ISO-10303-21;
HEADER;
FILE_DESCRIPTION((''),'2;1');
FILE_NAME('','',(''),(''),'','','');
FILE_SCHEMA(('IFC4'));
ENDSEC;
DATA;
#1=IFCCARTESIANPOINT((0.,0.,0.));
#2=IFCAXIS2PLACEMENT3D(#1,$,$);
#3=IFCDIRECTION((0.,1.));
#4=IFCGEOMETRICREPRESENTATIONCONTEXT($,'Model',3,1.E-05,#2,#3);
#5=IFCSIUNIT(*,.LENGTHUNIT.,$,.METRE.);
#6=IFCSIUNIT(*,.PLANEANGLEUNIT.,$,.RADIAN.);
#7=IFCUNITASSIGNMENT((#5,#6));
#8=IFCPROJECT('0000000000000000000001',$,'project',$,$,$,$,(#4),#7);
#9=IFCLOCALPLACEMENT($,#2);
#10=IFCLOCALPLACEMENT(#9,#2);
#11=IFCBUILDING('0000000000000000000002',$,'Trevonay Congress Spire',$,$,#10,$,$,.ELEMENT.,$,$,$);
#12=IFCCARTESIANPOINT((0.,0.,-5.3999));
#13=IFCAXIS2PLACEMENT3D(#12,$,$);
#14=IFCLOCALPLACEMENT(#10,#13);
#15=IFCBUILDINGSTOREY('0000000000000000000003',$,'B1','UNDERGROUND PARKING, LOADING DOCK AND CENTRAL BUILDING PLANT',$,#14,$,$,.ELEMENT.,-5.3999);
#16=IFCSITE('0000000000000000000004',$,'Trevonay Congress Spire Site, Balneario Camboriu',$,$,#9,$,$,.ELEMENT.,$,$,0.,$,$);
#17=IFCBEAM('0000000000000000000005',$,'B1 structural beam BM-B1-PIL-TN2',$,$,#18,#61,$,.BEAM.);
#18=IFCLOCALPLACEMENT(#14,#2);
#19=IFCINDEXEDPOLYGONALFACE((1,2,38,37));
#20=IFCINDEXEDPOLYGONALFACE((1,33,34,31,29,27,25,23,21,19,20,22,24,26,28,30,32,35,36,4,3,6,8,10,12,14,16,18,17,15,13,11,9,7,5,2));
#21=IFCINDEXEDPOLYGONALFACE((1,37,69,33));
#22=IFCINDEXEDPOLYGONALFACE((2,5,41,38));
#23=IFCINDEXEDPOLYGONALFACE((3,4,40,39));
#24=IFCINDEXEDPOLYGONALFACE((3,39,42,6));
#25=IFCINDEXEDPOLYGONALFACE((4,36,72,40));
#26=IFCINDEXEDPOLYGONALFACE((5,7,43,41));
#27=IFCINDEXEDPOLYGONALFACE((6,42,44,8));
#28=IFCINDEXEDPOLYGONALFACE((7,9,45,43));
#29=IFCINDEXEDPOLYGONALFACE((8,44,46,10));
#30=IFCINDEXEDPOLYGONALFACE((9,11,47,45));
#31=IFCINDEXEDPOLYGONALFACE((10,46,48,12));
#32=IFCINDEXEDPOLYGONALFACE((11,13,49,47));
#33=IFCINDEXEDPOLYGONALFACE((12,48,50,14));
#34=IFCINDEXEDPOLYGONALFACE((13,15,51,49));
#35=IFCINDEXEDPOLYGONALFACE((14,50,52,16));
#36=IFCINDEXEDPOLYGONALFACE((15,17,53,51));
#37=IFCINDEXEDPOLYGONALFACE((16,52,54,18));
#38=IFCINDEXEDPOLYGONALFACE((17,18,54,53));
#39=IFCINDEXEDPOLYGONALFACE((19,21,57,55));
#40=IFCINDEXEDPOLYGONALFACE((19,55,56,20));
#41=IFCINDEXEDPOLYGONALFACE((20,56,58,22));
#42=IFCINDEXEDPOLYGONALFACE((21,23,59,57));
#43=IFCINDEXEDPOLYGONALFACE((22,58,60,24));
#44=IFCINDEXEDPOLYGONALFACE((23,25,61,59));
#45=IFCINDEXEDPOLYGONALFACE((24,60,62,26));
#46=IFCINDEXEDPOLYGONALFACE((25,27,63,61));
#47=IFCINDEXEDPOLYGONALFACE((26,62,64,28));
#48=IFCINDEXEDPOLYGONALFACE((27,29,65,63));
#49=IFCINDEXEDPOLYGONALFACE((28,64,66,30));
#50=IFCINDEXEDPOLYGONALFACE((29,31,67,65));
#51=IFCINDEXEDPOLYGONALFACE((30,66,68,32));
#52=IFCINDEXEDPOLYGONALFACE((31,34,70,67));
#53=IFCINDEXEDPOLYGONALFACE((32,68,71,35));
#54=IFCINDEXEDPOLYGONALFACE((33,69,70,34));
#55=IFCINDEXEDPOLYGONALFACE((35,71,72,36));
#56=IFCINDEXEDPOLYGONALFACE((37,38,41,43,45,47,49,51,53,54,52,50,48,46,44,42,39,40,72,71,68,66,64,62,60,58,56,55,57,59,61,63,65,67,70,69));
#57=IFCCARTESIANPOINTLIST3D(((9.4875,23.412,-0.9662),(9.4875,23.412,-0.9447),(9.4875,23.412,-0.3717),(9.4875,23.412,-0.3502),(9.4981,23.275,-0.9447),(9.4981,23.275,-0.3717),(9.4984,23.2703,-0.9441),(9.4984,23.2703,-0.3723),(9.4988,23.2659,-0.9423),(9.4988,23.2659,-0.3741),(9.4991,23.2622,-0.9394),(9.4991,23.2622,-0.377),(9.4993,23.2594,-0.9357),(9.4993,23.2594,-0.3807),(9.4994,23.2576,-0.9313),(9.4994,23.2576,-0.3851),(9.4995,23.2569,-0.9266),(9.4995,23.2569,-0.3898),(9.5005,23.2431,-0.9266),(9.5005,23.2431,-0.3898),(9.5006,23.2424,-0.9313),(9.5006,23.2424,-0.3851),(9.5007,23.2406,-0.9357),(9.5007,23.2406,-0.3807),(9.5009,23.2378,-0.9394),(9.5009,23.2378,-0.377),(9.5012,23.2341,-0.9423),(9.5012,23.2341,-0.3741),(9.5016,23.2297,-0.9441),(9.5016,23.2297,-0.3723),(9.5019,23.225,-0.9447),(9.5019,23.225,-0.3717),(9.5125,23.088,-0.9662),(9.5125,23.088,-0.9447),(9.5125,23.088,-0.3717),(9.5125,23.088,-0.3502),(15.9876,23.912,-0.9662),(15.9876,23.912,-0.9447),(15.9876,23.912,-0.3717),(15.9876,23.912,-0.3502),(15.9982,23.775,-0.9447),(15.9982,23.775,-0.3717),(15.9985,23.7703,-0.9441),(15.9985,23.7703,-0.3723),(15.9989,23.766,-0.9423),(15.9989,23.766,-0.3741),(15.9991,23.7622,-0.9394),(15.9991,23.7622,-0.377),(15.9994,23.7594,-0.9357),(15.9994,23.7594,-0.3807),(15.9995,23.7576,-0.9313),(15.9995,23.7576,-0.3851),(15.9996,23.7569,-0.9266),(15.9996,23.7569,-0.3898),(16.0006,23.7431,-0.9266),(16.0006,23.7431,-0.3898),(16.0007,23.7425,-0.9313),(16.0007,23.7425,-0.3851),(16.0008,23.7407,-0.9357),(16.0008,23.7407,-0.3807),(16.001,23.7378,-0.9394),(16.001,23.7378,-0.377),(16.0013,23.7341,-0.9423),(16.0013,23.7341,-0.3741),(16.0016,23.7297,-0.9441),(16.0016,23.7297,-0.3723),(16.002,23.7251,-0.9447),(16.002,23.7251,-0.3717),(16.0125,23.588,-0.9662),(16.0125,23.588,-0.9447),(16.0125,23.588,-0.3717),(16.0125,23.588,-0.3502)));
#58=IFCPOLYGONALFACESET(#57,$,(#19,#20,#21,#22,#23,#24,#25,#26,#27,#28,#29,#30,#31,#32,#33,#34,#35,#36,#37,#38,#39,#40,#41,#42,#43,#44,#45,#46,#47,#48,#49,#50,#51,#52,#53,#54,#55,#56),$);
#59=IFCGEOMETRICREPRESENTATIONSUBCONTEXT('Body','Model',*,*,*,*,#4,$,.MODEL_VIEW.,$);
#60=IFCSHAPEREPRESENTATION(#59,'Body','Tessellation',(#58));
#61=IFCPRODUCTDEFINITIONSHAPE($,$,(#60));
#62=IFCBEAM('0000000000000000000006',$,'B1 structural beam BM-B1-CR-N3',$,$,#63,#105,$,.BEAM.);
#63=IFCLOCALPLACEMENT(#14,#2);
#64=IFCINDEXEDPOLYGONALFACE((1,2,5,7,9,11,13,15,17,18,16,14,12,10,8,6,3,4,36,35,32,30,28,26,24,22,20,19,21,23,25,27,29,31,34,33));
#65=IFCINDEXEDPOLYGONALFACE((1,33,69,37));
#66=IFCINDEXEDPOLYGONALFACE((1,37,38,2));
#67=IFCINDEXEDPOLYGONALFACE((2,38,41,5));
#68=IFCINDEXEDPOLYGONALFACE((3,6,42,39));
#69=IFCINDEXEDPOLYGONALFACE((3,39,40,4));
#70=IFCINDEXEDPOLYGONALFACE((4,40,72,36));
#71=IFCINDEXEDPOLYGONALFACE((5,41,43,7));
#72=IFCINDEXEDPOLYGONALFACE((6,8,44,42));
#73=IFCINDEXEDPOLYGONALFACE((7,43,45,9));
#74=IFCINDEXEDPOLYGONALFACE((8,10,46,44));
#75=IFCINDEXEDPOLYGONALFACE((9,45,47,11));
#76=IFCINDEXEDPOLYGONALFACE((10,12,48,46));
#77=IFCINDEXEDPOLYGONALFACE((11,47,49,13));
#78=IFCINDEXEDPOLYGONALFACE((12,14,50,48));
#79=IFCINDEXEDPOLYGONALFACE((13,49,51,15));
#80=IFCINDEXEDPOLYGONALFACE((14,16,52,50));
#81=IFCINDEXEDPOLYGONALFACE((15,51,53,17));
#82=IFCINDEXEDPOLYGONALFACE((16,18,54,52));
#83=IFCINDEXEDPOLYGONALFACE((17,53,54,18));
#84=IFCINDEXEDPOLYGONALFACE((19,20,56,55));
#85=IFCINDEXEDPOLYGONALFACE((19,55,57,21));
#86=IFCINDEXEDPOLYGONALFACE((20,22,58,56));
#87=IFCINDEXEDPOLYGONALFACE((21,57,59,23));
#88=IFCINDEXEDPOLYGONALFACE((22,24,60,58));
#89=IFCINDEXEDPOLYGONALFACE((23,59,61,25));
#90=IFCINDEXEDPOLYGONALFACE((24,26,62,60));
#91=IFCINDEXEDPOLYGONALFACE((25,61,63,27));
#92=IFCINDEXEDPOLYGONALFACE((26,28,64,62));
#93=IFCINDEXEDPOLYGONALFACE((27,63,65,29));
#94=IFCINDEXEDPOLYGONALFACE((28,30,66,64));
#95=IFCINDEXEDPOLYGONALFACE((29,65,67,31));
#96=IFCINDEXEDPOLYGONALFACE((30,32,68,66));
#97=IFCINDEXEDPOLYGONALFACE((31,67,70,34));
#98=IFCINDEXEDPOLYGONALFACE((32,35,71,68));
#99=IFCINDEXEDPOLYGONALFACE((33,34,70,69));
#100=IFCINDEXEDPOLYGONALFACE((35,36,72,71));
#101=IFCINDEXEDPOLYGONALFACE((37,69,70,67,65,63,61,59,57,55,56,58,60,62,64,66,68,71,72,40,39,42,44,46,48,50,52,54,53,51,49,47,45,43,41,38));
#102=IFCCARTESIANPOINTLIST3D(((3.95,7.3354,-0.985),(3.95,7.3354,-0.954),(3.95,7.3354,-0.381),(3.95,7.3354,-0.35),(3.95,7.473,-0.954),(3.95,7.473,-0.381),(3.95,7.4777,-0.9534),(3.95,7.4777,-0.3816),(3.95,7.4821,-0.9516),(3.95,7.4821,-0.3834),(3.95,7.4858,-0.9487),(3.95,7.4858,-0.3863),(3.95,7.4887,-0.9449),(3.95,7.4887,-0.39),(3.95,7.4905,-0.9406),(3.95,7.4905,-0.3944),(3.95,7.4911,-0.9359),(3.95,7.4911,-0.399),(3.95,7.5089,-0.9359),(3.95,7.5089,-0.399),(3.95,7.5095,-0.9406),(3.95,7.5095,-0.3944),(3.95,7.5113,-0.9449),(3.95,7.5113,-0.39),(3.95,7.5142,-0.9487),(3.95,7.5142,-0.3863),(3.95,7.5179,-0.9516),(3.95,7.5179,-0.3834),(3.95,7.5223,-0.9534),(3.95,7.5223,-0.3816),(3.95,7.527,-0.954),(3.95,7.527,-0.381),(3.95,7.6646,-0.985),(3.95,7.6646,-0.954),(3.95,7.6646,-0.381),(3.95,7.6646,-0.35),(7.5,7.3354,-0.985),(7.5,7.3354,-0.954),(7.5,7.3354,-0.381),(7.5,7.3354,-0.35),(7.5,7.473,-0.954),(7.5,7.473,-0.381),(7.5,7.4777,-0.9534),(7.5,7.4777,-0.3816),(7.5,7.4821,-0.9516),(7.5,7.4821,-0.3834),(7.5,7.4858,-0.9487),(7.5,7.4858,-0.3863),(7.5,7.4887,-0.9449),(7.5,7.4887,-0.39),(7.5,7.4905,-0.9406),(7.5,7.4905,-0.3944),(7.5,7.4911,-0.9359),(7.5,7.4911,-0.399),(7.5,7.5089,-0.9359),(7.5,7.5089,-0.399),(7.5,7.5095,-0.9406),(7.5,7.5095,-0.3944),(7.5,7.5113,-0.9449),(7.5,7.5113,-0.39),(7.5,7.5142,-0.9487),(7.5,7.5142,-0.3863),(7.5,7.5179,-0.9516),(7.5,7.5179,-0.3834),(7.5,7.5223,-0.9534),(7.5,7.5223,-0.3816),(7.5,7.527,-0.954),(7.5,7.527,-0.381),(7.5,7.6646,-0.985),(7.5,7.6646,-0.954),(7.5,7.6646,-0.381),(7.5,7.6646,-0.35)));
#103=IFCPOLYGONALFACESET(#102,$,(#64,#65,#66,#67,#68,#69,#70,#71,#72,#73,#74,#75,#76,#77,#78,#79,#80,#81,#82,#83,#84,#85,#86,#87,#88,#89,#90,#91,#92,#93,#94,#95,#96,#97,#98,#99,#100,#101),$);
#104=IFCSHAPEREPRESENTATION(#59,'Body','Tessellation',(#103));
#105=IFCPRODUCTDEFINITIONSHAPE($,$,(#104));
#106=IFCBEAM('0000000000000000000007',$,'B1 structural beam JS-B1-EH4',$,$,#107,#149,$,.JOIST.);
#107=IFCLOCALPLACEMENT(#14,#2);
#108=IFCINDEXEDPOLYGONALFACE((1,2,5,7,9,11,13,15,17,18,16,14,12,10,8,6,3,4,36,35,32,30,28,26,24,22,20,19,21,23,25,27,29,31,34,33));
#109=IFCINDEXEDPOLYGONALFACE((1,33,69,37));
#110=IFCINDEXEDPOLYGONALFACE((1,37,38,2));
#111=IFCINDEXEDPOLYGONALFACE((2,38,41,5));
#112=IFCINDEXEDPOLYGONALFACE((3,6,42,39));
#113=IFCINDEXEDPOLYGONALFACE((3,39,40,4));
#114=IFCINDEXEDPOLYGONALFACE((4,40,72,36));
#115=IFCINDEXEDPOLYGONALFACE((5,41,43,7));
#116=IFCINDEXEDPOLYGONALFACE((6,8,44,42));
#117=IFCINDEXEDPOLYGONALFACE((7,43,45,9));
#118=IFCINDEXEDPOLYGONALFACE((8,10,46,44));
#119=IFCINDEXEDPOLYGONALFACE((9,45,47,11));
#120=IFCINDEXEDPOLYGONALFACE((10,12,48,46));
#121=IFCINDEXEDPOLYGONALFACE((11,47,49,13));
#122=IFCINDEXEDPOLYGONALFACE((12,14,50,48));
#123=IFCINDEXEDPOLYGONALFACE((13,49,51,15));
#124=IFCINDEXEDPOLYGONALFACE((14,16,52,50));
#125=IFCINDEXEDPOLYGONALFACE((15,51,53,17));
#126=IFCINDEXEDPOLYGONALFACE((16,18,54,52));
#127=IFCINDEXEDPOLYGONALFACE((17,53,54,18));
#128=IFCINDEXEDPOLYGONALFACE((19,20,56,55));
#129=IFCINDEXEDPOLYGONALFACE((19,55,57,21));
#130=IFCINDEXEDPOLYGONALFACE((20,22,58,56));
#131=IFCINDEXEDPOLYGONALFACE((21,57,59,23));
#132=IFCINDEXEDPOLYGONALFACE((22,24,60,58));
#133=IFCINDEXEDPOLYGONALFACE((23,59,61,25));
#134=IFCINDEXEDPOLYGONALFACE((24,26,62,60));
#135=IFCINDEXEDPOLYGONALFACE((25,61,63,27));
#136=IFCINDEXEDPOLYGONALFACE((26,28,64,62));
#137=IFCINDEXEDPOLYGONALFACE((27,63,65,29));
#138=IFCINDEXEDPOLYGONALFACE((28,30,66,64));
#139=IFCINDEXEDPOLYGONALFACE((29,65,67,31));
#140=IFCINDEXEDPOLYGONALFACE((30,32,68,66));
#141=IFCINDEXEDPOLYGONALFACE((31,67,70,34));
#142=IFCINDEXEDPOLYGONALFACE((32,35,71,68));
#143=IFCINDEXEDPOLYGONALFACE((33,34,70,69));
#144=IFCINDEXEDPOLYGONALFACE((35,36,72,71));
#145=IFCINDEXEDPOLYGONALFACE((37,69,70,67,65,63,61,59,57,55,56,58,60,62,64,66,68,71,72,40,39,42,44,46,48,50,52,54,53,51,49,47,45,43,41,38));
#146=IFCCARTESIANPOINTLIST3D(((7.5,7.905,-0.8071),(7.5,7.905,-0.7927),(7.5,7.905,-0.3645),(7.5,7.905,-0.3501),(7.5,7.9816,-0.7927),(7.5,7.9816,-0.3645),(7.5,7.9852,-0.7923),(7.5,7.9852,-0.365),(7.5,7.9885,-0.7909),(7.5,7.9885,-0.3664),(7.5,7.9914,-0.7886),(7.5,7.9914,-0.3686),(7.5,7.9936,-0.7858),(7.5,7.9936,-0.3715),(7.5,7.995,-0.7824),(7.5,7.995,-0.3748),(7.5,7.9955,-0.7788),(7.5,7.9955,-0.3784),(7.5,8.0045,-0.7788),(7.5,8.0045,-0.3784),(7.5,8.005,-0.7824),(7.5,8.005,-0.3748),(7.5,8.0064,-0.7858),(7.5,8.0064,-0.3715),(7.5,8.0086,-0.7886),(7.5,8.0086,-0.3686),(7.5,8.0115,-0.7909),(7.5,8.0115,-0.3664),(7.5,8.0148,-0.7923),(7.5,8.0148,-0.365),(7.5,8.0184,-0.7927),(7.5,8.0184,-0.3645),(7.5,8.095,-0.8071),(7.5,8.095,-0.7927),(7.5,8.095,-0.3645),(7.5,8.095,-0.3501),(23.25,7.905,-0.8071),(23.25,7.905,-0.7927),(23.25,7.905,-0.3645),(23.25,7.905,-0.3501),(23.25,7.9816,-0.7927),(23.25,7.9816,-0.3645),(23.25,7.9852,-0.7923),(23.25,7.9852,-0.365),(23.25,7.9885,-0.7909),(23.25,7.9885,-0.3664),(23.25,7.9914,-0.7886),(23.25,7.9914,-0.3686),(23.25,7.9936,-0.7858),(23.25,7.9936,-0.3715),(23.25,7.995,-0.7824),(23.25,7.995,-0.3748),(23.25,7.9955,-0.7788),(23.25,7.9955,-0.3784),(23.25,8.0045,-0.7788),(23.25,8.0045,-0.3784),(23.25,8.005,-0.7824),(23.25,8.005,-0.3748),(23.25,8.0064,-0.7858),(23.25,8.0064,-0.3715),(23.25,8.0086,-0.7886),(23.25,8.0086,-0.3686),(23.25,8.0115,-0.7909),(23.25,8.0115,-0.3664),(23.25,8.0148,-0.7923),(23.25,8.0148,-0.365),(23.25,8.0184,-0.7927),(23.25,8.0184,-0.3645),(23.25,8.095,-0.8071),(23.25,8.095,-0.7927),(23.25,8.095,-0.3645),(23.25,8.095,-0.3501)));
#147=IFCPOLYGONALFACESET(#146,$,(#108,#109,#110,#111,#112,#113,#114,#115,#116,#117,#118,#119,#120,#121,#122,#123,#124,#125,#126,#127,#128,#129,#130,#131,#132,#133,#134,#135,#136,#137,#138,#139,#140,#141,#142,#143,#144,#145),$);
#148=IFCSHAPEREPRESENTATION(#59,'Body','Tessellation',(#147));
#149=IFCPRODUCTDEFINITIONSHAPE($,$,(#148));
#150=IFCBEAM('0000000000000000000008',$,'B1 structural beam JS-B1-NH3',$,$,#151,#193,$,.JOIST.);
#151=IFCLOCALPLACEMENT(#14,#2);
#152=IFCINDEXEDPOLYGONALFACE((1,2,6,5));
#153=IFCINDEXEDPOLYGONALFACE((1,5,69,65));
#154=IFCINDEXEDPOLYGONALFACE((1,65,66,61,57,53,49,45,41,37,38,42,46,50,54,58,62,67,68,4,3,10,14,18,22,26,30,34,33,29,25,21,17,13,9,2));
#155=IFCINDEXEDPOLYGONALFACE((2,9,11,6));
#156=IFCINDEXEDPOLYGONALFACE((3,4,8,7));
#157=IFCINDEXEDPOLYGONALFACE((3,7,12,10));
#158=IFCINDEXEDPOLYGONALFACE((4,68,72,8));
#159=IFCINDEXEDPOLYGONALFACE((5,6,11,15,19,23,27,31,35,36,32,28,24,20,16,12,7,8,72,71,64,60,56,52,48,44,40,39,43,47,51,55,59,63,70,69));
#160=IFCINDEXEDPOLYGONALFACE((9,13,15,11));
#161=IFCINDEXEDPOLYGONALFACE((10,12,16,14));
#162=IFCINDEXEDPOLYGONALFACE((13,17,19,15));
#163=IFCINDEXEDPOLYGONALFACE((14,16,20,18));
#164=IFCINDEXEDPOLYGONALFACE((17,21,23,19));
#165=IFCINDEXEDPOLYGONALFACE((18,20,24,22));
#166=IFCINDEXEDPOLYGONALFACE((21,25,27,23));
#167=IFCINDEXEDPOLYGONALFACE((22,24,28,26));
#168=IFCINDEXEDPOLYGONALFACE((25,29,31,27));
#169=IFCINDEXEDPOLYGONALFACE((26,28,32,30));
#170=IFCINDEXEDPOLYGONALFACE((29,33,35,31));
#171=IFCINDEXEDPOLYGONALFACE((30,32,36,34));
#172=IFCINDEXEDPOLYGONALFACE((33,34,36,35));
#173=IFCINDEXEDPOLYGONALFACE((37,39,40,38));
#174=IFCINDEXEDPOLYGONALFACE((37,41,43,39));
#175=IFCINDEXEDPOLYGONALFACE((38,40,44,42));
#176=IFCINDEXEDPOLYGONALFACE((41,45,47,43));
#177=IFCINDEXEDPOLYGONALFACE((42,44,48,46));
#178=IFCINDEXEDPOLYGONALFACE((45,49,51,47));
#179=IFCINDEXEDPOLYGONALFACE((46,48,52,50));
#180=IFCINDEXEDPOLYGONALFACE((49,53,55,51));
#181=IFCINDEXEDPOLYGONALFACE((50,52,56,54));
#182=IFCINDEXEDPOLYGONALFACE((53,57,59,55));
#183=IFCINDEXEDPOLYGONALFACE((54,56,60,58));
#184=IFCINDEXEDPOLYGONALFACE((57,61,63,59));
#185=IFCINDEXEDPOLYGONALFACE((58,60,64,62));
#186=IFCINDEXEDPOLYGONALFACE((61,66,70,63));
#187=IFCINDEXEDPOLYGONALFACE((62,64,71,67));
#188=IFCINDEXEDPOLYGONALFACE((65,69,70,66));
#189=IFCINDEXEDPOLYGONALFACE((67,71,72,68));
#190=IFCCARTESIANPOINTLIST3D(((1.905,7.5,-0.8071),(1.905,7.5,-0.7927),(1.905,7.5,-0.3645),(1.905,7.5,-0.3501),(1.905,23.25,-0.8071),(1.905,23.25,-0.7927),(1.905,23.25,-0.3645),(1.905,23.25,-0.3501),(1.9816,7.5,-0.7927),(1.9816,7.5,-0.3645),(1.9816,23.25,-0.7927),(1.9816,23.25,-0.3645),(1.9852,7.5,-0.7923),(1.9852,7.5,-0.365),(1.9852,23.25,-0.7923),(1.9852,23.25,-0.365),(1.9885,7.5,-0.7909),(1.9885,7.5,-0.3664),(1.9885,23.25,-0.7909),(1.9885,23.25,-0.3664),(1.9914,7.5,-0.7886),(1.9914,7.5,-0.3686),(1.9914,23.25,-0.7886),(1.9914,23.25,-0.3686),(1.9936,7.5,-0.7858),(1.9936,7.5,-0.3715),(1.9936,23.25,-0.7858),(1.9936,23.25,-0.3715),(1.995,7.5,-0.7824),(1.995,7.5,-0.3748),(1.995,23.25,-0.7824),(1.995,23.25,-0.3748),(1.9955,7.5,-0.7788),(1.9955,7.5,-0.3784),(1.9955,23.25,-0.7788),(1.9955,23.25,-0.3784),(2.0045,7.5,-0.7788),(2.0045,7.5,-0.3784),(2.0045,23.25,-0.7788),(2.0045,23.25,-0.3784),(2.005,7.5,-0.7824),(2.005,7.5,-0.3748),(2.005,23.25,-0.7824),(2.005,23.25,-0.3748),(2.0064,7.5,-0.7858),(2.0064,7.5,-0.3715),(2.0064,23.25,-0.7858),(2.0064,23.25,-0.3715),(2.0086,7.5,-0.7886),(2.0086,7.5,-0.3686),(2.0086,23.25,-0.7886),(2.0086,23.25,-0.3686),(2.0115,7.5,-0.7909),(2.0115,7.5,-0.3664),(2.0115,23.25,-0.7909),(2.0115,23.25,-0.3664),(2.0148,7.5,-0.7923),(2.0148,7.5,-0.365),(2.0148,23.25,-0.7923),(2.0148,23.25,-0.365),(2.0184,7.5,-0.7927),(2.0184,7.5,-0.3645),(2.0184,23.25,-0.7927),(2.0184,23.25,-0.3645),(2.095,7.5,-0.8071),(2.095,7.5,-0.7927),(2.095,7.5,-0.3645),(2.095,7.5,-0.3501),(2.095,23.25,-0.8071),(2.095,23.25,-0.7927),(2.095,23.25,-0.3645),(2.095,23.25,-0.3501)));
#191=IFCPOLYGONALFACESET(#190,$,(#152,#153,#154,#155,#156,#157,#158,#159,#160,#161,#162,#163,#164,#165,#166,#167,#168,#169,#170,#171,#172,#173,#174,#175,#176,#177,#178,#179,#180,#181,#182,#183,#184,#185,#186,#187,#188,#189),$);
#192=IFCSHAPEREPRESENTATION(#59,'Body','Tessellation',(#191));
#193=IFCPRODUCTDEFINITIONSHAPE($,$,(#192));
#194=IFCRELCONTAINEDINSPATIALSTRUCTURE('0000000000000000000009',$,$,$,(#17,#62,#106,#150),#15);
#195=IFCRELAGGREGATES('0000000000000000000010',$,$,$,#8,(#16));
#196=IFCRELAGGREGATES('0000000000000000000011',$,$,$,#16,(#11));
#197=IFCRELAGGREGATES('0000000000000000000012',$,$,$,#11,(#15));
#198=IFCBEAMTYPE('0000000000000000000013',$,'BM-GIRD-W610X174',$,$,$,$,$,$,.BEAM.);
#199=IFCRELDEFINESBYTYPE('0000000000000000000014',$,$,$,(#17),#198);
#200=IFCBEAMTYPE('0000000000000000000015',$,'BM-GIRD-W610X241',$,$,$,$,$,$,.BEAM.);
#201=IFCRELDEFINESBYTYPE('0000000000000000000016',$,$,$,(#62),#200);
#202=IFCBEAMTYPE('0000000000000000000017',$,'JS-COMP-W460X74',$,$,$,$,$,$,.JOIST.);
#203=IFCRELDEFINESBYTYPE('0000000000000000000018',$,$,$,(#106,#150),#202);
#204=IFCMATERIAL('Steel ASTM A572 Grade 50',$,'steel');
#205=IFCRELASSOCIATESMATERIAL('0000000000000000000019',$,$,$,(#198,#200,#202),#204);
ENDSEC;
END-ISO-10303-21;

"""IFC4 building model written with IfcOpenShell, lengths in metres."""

from ifc_helpers import new_model, si_unit, direction, frame, origin, origin_2d, place, context, subcontext, project, spatial, i_section, extrude, material, material_profile, profile_set, type_object, element, save


model = new_model("IFC4")

# Units and contexts
model_context = context("Model", 3, precision=1e-05, world=origin(), true_north=direction((0.0, 1.0)))
body_context = subcontext(model_context, "Body", "Model", "MODEL_VIEW")
ifc_project = project(units=[si_unit("LENGTHUNIT", "METRE"), si_unit("PLANEANGLEUNIT", "RADIAN")], contexts=[model_context])

# Site, building, storey
site_placement = place(None, origin())
site = spatial("IfcSite", under=ifc_project, at=site_placement, Name="Trevonay Congress Spire Site, Balneario Camboriu", CompositionType="ELEMENT", RefElevation=0.0)
building_placement = place(site_placement, origin())
building = spatial("IfcBuilding", under=site, at=building_placement, Name="Trevonay Congress Spire", CompositionType="ELEMENT")
storey_placement = place(building_placement, frame((0.0, 0.0, -5.3999)))
storey = spatial("IfcBuildingStorey", under=building, at=storey_placement, Name="B1", Description="UNDERGROUND PARKING, LOADING DOCK AND CENTRAL BUILDING PLANT", CompositionType="ELEMENT", Elevation=-5.3999)

# Shared definitions
ifc_material_1 = material(Name="Steel ASTM A572 Grade 50", Category="steel")

# Beams
ifc_material_profile_1 = material_profile(ifc_material_1, i_section(OverallWidth=0.325, OverallDepth=0.616, WebThickness=0.0139, FlangeThickness=0.0215, FilletRadius=0.0181, at=origin_2d()), Name="W610x174")
ifc_profile_set_1 = profile_set([ifc_material_profile_1], Name="Steel ASTM A572 Grade 50")
beam_type_1 = type_object("IfcBeamType", Name="BM-GIRD-W610X174", PredefinedType="BEAM", material=ifc_profile_set_1)
beam_1_placement = place(storey_placement, frame((9.5, 23.25, -0.6582), z_axis=(0.997054, 0.076696, 0.0), x_axis=(-0.076696, 0.997054, 0.0)))
element("IfcBeam", 1, at=beam_1_placement, inside=storey, type_object=beam_type_1, Name="B1 structural beam BM-B1-PIL-TN2", PredefinedType="BEAM", context=body_context, shape_type="SweptSolid", body=[
    extrude(i_section(OverallWidth=0.325, OverallDepth=0.616, WebThickness=0.0139, FlangeThickness=0.0215, FilletRadius=0.0181, at=origin_2d()), origin(), (0.0, 0.0, 1.0), 6.5193),
])
ifc_material_profile_2 = material_profile(ifc_material_1, i_section(OverallWidth=0.3291, OverallDepth=0.635, WebThickness=0.0178, FlangeThickness=0.031, FilletRadius=0.0181, at=origin_2d()), Name="W610x241")
ifc_profile_set_2 = profile_set([ifc_material_profile_2], Name="Steel ASTM A572 Grade 50")
beam_type_2 = type_object("IfcBeamType", Name="BM-GIRD-W610X241", PredefinedType="BEAM", material=ifc_profile_set_2)
beam_2_placement = place(storey_placement, frame((3.95, 7.5, -0.6675), z_axis=(1.0, 0.0, 0.0), x_axis=(0.0, 1.0, 0.0)))
element("IfcBeam", 2, at=beam_2_placement, inside=storey, type_object=beam_type_2, Name="B1 structural beam BM-B1-CR-N3", PredefinedType="BEAM", context=body_context, shape_type="SweptSolid", body=[
    extrude(i_section(OverallWidth=0.3291, OverallDepth=0.635, WebThickness=0.0178, FlangeThickness=0.031, FilletRadius=0.0181, at=origin_2d()), origin(), (0.0, 0.0, 1.0), 3.55),
])
ifc_material_profile_3 = material_profile(ifc_material_1, i_section(OverallWidth=0.1899, OverallDepth=0.457, WebThickness=0.009, FlangeThickness=0.0144, FilletRadius=0.0139, at=origin_2d()), Name="W460x74")
ifc_profile_set_3 = profile_set([ifc_material_profile_3], Name="Steel ASTM A572 Grade 50")
beam_type_3 = type_object("IfcBeamType", Name="JS-COMP-W460X74", PredefinedType="JOIST", material=ifc_profile_set_3)
for number, where, z_axis, x_axis, name in (
    (3, (7.5, 8.0, -0.5786), (1.0, 0.0, 0.0), (0.0, 1.0, 0.0), "B1 structural beam JS-B1-EH4"),
    (4, (2.0, 7.5, -0.5786), (0.0, 1.0, 0.0), (-1.0, 0.0, 0.0), "B1 structural beam JS-B1-NH3"),
):
    element("IfcBeam", number, at=place(storey_placement, frame(where, z_axis=z_axis, x_axis=x_axis)), inside=storey, type_object=beam_type_3, Name=name, PredefinedType="JOIST", context=body_context, shape_type="SweptSolid", body=[
        extrude(i_section(OverallWidth=0.1899, OverallDepth=0.457, WebThickness=0.009, FlangeThickness=0.0144, FilletRadius=0.0139, at=origin_2d()), origin(), (0.0, 0.0, 1.0), 15.75),
    ])

save(model, "model.ifc")
